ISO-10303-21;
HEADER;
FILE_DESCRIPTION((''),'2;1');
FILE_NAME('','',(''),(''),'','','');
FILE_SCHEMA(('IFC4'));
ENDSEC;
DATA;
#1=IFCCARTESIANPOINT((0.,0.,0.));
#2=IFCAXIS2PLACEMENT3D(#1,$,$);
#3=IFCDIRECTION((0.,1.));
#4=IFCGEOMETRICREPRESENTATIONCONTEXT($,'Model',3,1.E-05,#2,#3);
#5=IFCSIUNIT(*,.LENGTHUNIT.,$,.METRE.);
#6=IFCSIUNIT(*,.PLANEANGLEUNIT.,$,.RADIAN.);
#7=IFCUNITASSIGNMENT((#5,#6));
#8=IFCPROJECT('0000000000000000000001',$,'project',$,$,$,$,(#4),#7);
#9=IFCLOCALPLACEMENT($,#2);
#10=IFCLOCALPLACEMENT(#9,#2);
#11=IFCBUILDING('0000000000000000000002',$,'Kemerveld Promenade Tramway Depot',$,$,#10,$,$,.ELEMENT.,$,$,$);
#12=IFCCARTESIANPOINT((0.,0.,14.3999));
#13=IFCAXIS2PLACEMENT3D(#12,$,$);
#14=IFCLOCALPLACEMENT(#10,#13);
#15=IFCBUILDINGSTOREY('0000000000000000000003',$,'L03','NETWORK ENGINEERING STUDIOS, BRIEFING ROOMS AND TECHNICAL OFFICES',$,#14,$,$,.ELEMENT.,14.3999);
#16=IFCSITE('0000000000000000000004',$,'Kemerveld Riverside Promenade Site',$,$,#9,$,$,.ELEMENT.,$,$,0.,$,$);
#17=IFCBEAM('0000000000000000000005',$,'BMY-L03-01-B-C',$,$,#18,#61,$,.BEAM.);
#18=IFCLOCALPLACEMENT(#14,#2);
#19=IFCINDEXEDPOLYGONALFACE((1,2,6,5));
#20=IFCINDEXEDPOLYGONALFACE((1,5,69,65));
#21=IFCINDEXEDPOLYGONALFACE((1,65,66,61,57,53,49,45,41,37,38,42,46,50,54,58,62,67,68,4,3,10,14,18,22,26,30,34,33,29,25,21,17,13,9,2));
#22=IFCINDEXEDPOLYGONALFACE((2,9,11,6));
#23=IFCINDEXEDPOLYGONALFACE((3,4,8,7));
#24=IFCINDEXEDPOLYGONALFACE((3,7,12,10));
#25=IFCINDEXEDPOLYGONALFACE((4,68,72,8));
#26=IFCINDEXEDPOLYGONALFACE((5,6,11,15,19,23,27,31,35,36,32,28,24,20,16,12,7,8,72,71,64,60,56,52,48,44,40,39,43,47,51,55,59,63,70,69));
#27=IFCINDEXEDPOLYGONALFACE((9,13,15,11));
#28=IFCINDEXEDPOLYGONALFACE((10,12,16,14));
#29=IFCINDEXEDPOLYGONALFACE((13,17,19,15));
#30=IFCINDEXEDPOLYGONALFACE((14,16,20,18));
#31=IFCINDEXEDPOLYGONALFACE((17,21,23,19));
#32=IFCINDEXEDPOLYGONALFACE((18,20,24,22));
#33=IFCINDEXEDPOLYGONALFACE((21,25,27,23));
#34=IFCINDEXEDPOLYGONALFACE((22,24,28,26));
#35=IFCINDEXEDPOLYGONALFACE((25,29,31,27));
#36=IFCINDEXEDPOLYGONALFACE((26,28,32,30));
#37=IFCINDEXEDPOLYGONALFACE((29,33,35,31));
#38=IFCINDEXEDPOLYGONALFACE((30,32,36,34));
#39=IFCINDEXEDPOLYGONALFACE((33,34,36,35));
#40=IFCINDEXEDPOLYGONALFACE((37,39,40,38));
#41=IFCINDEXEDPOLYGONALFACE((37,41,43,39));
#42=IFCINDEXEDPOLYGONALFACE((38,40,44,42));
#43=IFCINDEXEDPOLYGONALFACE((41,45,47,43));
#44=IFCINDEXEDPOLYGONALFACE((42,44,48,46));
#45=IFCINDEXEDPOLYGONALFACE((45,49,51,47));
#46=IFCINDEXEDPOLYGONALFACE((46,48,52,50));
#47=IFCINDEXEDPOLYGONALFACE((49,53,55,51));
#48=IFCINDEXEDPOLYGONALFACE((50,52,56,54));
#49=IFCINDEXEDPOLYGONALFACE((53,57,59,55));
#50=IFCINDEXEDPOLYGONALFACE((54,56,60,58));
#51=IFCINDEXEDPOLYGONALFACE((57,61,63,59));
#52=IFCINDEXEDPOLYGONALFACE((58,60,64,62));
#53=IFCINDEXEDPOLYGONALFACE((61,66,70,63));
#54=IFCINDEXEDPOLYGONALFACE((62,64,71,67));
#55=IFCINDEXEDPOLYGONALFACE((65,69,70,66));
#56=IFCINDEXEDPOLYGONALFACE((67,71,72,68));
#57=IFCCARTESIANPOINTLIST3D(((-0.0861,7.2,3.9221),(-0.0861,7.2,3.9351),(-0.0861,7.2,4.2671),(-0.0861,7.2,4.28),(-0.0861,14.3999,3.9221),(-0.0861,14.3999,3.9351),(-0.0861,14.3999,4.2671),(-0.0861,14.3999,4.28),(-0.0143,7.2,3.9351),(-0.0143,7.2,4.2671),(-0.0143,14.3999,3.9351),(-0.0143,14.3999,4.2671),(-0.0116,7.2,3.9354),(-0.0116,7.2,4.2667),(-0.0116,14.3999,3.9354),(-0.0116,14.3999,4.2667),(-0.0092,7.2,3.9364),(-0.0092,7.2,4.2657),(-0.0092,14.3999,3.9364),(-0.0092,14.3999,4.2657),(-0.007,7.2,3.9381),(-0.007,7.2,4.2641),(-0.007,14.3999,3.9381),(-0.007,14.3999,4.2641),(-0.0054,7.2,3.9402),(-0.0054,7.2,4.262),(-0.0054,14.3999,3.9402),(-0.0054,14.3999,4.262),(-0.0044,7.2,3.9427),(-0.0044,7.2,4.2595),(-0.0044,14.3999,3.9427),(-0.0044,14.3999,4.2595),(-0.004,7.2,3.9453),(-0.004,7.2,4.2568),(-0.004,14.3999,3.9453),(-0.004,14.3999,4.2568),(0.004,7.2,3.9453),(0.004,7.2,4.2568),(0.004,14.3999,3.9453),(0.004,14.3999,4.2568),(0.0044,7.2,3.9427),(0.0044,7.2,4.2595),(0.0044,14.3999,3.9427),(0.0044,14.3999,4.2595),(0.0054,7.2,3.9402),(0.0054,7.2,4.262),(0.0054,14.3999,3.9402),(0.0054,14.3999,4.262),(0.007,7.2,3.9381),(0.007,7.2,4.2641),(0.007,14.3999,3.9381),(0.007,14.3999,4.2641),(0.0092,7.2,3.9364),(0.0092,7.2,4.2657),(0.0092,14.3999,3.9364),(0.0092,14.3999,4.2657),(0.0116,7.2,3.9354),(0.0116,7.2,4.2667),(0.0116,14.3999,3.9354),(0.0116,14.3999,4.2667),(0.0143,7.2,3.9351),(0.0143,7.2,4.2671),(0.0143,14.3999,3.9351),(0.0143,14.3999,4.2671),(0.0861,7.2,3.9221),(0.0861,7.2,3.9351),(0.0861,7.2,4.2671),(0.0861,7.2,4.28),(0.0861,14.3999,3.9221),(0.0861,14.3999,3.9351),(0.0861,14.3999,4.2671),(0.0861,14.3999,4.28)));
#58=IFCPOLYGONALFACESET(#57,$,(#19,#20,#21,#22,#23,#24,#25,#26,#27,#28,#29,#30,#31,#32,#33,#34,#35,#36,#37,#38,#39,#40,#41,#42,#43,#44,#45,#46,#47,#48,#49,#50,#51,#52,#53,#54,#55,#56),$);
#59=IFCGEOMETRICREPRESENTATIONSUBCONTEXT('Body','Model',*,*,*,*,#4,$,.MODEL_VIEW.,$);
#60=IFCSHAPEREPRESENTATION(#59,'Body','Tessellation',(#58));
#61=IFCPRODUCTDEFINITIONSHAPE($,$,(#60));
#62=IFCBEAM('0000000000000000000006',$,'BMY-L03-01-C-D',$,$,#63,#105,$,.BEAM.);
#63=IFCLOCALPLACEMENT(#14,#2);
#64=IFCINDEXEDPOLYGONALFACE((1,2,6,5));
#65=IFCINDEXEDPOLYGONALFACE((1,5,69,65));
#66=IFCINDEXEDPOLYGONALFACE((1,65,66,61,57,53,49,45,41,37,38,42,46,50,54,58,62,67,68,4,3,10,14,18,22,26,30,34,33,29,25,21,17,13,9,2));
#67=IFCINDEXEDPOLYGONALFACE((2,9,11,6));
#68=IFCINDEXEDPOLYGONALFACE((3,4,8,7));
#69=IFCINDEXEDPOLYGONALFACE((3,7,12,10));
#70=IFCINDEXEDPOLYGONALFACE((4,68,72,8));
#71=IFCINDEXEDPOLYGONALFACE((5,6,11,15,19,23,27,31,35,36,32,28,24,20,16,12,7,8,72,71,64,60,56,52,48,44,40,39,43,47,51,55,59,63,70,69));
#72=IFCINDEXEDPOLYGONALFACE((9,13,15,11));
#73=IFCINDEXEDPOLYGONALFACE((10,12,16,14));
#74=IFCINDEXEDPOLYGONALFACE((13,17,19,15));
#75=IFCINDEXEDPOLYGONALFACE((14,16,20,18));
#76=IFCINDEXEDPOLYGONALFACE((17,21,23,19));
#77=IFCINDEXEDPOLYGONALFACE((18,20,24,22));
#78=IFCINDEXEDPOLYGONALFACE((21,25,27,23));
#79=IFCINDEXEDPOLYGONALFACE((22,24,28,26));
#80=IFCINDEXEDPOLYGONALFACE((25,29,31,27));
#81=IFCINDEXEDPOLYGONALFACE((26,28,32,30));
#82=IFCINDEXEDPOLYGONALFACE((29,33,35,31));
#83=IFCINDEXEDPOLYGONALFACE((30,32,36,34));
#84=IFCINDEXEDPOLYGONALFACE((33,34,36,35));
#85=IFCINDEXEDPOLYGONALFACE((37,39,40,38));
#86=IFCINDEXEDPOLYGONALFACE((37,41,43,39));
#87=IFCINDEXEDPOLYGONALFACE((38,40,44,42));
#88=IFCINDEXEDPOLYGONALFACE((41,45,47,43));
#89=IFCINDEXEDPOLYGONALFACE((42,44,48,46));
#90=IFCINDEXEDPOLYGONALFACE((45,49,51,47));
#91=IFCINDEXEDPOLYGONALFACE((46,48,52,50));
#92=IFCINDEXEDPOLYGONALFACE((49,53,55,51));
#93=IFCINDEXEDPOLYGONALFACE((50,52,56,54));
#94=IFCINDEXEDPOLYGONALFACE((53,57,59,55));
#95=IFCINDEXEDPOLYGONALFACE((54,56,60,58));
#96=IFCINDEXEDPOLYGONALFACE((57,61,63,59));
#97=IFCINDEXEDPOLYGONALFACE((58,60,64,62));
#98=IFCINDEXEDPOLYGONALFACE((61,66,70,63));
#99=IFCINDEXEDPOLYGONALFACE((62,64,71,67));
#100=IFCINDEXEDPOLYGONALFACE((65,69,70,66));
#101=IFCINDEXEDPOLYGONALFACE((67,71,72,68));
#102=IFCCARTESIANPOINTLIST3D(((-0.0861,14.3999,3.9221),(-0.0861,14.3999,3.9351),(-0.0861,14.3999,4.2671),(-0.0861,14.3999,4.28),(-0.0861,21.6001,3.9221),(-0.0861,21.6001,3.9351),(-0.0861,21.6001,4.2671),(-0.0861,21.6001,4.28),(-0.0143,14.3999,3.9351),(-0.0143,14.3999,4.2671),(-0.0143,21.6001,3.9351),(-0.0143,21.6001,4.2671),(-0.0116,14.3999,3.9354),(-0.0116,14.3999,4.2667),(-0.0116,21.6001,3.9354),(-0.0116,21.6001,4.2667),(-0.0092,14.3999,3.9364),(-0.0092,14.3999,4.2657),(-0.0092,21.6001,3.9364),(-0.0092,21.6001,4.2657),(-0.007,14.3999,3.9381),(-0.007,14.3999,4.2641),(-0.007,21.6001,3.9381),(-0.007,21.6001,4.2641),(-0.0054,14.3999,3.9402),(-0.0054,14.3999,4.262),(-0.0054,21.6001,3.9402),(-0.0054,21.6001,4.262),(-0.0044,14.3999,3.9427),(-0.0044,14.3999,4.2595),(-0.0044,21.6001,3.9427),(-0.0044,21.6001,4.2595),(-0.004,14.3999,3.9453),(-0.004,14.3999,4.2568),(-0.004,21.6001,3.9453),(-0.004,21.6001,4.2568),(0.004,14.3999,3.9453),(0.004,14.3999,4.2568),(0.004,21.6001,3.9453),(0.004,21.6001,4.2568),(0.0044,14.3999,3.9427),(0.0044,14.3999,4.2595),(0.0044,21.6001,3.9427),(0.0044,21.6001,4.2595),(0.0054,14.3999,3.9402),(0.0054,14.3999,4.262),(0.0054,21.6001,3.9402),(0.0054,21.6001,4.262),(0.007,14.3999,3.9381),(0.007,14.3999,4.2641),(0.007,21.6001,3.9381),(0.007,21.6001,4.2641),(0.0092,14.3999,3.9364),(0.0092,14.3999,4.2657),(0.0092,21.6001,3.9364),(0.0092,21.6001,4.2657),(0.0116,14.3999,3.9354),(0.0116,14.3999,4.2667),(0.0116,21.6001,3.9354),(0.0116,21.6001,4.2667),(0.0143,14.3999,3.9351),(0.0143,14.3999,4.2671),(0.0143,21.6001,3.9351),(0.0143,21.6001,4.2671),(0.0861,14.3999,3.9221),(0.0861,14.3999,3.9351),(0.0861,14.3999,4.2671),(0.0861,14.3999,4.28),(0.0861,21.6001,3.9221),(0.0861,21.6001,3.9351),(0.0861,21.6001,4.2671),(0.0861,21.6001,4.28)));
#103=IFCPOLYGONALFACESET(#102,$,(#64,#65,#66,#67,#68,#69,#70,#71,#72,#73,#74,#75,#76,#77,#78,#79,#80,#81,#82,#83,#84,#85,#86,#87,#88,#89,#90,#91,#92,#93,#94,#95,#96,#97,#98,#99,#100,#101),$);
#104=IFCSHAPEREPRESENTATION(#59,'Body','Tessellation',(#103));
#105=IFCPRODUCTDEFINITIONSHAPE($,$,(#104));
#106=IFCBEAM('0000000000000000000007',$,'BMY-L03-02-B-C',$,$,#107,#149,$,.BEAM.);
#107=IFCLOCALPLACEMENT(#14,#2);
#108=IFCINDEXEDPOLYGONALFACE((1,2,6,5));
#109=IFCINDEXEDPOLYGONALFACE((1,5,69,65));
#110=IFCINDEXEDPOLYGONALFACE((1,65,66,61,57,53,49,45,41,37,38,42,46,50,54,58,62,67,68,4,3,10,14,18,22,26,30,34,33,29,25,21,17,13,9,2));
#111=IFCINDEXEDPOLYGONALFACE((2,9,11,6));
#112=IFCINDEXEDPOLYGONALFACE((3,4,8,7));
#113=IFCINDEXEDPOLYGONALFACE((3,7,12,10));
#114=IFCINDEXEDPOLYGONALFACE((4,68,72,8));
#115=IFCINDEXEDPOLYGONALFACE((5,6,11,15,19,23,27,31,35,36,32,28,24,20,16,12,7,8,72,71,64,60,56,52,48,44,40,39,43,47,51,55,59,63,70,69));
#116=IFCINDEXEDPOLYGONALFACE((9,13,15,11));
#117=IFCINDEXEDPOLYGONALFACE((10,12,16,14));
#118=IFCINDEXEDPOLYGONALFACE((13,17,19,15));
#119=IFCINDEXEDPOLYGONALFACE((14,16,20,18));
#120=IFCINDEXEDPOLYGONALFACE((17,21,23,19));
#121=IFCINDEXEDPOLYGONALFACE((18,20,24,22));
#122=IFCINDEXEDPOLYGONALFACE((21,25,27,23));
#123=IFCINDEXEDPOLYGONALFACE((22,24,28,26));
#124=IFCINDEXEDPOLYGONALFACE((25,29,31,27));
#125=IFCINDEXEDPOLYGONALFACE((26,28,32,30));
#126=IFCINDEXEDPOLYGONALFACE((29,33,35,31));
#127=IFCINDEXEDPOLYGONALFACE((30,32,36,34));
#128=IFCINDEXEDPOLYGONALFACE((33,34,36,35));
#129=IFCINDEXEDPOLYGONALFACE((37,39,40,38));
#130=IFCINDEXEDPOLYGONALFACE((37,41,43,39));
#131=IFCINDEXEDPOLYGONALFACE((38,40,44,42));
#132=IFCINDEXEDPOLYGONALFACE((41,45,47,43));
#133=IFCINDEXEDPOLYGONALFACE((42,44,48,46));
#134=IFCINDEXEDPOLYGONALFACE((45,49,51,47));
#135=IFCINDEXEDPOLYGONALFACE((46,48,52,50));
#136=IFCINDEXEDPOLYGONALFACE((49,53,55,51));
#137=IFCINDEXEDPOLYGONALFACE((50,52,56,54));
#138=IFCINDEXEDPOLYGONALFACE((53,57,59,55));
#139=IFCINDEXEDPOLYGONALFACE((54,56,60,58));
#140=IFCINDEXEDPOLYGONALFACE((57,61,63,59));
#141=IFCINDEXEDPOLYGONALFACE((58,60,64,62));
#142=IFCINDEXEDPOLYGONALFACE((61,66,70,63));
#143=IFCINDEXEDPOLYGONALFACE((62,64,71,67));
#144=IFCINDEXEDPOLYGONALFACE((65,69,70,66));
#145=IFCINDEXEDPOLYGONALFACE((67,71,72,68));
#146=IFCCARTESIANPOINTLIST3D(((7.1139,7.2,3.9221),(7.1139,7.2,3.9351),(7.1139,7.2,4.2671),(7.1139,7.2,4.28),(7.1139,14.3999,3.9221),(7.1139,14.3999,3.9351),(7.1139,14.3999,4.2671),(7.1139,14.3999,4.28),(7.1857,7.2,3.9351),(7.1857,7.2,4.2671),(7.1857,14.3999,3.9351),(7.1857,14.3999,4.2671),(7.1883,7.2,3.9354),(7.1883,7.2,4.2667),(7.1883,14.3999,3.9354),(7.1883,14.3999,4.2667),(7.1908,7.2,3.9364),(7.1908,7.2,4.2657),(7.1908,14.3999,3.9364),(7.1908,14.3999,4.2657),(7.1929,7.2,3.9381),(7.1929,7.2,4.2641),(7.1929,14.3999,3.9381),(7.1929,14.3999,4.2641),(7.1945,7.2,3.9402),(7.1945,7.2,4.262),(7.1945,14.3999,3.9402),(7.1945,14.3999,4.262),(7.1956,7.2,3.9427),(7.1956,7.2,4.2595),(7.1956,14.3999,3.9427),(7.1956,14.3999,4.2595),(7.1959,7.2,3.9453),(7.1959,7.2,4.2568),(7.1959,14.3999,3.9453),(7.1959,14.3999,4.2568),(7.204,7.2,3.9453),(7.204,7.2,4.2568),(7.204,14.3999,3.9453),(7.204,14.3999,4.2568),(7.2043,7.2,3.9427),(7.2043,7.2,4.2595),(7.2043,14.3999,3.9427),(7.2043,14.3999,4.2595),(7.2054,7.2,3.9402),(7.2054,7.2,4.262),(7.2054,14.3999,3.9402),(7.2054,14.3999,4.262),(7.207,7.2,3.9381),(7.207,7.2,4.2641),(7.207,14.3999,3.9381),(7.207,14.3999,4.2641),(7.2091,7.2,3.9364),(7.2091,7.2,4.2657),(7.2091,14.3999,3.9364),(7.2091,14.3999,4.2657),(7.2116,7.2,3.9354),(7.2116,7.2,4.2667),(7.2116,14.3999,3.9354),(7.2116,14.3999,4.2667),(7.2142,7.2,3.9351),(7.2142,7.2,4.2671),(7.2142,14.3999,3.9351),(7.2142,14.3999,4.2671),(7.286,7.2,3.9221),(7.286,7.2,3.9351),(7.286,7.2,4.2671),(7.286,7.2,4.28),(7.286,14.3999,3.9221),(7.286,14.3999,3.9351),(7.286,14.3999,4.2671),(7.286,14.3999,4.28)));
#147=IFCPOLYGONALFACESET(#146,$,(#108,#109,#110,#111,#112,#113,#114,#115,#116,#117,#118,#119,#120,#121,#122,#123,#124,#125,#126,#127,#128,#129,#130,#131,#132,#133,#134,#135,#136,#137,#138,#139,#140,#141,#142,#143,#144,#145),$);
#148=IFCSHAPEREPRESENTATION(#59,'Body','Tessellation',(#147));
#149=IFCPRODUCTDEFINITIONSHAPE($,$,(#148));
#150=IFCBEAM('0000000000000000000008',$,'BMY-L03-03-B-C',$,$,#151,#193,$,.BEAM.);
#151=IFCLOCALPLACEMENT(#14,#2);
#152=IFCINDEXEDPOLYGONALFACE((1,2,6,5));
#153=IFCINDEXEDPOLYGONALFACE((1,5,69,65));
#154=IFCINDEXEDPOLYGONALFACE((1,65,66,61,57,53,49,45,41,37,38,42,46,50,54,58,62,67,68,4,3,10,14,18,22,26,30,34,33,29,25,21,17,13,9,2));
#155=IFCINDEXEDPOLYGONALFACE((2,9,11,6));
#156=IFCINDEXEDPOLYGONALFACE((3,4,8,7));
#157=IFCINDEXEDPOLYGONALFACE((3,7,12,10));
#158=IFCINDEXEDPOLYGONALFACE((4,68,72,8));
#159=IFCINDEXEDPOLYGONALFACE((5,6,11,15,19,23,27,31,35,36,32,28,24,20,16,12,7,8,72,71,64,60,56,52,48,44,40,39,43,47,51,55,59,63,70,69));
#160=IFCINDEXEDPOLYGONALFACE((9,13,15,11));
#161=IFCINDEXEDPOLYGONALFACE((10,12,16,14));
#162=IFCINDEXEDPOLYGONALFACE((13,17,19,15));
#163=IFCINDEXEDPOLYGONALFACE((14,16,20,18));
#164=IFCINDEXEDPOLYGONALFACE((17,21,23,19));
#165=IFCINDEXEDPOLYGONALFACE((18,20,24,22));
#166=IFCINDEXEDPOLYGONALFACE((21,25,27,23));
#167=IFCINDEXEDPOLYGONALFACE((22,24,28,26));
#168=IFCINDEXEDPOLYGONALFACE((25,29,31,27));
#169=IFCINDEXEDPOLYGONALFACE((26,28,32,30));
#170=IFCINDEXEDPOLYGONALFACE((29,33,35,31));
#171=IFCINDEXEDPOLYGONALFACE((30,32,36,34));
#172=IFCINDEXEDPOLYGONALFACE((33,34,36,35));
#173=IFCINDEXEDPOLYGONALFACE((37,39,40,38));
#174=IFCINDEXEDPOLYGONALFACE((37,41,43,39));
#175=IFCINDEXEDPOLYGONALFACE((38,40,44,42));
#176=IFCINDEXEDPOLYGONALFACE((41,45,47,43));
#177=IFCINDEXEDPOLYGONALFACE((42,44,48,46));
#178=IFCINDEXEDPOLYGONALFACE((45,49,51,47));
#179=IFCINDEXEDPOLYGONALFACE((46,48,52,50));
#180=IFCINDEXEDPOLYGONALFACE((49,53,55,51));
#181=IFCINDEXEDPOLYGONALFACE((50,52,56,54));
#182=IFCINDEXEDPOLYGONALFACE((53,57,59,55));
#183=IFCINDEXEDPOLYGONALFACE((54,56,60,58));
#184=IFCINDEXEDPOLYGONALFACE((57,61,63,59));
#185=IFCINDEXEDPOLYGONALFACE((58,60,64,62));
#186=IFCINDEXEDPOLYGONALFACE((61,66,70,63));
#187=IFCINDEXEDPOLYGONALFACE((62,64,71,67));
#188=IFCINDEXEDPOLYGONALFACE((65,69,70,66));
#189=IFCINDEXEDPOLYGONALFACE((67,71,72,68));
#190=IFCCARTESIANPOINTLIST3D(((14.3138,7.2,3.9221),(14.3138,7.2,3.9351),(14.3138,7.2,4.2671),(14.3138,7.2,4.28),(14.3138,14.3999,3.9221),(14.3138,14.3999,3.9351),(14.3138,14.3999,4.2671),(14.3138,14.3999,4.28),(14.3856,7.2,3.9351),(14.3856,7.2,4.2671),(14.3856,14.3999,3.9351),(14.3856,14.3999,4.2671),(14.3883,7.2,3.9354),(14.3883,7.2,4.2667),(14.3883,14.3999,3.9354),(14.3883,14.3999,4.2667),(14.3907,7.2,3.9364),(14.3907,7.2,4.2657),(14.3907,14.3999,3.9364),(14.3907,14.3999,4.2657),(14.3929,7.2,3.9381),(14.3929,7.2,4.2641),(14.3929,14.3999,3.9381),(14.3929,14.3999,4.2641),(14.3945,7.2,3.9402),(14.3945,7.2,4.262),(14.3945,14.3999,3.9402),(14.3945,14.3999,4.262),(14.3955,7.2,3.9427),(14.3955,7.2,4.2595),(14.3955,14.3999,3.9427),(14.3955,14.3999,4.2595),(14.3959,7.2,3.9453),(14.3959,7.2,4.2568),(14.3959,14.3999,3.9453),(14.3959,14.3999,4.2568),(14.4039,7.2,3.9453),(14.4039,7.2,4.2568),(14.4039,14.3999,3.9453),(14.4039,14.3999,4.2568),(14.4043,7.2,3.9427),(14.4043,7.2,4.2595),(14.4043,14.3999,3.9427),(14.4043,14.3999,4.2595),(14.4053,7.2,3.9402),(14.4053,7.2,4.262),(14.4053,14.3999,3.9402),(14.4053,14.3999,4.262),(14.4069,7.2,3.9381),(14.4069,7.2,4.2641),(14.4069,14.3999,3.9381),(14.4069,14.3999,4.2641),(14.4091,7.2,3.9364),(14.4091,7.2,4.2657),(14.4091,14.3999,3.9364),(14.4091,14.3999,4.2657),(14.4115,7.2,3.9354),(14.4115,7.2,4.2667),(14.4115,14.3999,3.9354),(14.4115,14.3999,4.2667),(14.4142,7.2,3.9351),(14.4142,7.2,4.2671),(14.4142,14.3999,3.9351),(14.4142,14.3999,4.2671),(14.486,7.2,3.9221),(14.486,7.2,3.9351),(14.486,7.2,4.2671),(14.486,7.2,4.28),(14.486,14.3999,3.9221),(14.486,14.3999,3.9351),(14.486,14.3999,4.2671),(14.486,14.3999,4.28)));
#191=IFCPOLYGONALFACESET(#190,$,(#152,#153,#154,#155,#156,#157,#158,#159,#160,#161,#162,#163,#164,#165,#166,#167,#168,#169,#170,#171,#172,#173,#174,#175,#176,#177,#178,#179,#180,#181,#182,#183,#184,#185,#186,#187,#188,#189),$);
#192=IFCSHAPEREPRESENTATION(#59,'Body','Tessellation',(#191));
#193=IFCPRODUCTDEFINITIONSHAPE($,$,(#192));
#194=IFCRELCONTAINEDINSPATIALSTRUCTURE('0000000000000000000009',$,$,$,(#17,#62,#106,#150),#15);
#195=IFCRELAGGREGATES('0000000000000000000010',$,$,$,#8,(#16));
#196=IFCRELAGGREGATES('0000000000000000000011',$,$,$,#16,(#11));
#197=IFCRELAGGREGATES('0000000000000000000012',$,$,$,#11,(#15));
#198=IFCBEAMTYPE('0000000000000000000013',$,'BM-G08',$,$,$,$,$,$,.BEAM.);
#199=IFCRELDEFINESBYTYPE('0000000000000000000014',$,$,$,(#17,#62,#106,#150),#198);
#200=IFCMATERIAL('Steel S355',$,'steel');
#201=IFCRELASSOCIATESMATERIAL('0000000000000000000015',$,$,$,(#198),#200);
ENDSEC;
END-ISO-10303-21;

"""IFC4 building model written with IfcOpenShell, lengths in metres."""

from ifc_helpers import new_model, si_unit, direction, frame, origin, origin_2d, place, context, subcontext, project, spatial, i_section, extrude, material, material_profile, profile_set, type_object, element, save


model = new_model("IFC4")

# Units and contexts
model_context = context("Model", 3, precision=1e-05, world=origin(), true_north=direction((0.0, 1.0)))
body_context = subcontext(model_context, "Body", "Model", "MODEL_VIEW")
ifc_project = project(units=[si_unit("LENGTHUNIT", "METRE"), si_unit("PLANEANGLEUNIT", "RADIAN")], contexts=[model_context])

# Site, building, storey
site_placement = place(None, origin())
site = spatial("IfcSite", under=ifc_project, at=site_placement, Name="Kemerveld Riverside Promenade Site", CompositionType="ELEMENT", RefElevation=0.0)
building_placement = place(site_placement, origin())
building = spatial("IfcBuilding", under=site, at=building_placement, Name="Kemerveld Promenade Tramway Depot", CompositionType="ELEMENT")
storey_placement = place(building_placement, frame((0.0, 0.0, 14.3999)))
storey = spatial("IfcBuildingStorey", under=building, at=storey_placement, Name="L03", Description="NETWORK ENGINEERING STUDIOS, BRIEFING ROOMS AND TECHNICAL OFFICES", CompositionType="ELEMENT", Elevation=14.3999)

# Shared definitions
ifc_material_1 = material(Name="Steel S355", Category="steel")

# Beams
ifc_material_profile_1 = material_profile(ifc_material_1, i_section(OverallWidth=0.1721, OverallDepth=0.3579, WebThickness=0.0081, FlangeThickness=0.0129, FilletRadius=0.0103, at=origin_2d()), Name="356x171x57 UB")
ifc_profile_set_1 = profile_set([ifc_material_profile_1], Name="Steel S355")
beam_type_1 = type_object("IfcBeamType", Name="BM-G08", PredefinedType="BEAM", material=ifc_profile_set_1)
beam_1_placement = place(storey_placement, frame((0.0, 7.2, 4.1011), z_axis=(0.0, 1.0, 0.0), x_axis=(-1.0, 0.0, 0.0)))
element("IfcBeam", 1, at=beam_1_placement, inside=storey, type_object=beam_type_1, Name="BMY-L03-01-B-C", PredefinedType="BEAM", context=body_context, shape_type="SweptSolid", body=[
    extrude(i_section(OverallWidth=0.1721, OverallDepth=0.3579, WebThickness=0.0081, FlangeThickness=0.0129, FilletRadius=0.0103, at=origin_2d()), origin(), (0.0, 0.0, 1.0), 7.2),
])
beam_2_placement = place(storey_placement, frame((0.0, 14.3999, 4.1011), z_axis=(0.0, 1.0, 0.0), x_axis=(-1.0, 0.0, 0.0)))
element("IfcBeam", 2, at=beam_2_placement, inside=storey, type_object=beam_type_1, Name="BMY-L03-01-C-D", PredefinedType="BEAM", context=body_context, shape_type="SweptSolid", body=[
    extrude(i_section(OverallWidth=0.1721, OverallDepth=0.3579, WebThickness=0.0081, FlangeThickness=0.0129, FilletRadius=0.0103, at=origin_2d()), origin(), (0.0, 0.0, 1.0), 7.2002),
])
for number, where, z_axis, x_axis, name in (
    (3, (7.2, 7.2, 4.1011), (0.0, 1.0, 0.0), (-1.0, 0.0, 0.0), "BMY-L03-02-B-C"),
    (4, (14.3999, 7.2, 4.1011), (0.0, 1.0, 0.0), (-1.0, 0.0, 0.0), "BMY-L03-03-B-C"),
):
    element("IfcBeam", number, at=place(storey_placement, frame(where, z_axis=z_axis, x_axis=x_axis)), inside=storey, type_object=beam_type_1, Name=name, PredefinedType="BEAM", context=body_context, shape_type="SweptSolid", body=[
        extrude(i_section(OverallWidth=0.1721, OverallDepth=0.3579, WebThickness=0.0081, FlangeThickness=0.0129, FilletRadius=0.0103, at=origin_2d()), origin(), (0.0, 0.0, 1.0), 7.2),
    ])

save(model, "model.ifc")
